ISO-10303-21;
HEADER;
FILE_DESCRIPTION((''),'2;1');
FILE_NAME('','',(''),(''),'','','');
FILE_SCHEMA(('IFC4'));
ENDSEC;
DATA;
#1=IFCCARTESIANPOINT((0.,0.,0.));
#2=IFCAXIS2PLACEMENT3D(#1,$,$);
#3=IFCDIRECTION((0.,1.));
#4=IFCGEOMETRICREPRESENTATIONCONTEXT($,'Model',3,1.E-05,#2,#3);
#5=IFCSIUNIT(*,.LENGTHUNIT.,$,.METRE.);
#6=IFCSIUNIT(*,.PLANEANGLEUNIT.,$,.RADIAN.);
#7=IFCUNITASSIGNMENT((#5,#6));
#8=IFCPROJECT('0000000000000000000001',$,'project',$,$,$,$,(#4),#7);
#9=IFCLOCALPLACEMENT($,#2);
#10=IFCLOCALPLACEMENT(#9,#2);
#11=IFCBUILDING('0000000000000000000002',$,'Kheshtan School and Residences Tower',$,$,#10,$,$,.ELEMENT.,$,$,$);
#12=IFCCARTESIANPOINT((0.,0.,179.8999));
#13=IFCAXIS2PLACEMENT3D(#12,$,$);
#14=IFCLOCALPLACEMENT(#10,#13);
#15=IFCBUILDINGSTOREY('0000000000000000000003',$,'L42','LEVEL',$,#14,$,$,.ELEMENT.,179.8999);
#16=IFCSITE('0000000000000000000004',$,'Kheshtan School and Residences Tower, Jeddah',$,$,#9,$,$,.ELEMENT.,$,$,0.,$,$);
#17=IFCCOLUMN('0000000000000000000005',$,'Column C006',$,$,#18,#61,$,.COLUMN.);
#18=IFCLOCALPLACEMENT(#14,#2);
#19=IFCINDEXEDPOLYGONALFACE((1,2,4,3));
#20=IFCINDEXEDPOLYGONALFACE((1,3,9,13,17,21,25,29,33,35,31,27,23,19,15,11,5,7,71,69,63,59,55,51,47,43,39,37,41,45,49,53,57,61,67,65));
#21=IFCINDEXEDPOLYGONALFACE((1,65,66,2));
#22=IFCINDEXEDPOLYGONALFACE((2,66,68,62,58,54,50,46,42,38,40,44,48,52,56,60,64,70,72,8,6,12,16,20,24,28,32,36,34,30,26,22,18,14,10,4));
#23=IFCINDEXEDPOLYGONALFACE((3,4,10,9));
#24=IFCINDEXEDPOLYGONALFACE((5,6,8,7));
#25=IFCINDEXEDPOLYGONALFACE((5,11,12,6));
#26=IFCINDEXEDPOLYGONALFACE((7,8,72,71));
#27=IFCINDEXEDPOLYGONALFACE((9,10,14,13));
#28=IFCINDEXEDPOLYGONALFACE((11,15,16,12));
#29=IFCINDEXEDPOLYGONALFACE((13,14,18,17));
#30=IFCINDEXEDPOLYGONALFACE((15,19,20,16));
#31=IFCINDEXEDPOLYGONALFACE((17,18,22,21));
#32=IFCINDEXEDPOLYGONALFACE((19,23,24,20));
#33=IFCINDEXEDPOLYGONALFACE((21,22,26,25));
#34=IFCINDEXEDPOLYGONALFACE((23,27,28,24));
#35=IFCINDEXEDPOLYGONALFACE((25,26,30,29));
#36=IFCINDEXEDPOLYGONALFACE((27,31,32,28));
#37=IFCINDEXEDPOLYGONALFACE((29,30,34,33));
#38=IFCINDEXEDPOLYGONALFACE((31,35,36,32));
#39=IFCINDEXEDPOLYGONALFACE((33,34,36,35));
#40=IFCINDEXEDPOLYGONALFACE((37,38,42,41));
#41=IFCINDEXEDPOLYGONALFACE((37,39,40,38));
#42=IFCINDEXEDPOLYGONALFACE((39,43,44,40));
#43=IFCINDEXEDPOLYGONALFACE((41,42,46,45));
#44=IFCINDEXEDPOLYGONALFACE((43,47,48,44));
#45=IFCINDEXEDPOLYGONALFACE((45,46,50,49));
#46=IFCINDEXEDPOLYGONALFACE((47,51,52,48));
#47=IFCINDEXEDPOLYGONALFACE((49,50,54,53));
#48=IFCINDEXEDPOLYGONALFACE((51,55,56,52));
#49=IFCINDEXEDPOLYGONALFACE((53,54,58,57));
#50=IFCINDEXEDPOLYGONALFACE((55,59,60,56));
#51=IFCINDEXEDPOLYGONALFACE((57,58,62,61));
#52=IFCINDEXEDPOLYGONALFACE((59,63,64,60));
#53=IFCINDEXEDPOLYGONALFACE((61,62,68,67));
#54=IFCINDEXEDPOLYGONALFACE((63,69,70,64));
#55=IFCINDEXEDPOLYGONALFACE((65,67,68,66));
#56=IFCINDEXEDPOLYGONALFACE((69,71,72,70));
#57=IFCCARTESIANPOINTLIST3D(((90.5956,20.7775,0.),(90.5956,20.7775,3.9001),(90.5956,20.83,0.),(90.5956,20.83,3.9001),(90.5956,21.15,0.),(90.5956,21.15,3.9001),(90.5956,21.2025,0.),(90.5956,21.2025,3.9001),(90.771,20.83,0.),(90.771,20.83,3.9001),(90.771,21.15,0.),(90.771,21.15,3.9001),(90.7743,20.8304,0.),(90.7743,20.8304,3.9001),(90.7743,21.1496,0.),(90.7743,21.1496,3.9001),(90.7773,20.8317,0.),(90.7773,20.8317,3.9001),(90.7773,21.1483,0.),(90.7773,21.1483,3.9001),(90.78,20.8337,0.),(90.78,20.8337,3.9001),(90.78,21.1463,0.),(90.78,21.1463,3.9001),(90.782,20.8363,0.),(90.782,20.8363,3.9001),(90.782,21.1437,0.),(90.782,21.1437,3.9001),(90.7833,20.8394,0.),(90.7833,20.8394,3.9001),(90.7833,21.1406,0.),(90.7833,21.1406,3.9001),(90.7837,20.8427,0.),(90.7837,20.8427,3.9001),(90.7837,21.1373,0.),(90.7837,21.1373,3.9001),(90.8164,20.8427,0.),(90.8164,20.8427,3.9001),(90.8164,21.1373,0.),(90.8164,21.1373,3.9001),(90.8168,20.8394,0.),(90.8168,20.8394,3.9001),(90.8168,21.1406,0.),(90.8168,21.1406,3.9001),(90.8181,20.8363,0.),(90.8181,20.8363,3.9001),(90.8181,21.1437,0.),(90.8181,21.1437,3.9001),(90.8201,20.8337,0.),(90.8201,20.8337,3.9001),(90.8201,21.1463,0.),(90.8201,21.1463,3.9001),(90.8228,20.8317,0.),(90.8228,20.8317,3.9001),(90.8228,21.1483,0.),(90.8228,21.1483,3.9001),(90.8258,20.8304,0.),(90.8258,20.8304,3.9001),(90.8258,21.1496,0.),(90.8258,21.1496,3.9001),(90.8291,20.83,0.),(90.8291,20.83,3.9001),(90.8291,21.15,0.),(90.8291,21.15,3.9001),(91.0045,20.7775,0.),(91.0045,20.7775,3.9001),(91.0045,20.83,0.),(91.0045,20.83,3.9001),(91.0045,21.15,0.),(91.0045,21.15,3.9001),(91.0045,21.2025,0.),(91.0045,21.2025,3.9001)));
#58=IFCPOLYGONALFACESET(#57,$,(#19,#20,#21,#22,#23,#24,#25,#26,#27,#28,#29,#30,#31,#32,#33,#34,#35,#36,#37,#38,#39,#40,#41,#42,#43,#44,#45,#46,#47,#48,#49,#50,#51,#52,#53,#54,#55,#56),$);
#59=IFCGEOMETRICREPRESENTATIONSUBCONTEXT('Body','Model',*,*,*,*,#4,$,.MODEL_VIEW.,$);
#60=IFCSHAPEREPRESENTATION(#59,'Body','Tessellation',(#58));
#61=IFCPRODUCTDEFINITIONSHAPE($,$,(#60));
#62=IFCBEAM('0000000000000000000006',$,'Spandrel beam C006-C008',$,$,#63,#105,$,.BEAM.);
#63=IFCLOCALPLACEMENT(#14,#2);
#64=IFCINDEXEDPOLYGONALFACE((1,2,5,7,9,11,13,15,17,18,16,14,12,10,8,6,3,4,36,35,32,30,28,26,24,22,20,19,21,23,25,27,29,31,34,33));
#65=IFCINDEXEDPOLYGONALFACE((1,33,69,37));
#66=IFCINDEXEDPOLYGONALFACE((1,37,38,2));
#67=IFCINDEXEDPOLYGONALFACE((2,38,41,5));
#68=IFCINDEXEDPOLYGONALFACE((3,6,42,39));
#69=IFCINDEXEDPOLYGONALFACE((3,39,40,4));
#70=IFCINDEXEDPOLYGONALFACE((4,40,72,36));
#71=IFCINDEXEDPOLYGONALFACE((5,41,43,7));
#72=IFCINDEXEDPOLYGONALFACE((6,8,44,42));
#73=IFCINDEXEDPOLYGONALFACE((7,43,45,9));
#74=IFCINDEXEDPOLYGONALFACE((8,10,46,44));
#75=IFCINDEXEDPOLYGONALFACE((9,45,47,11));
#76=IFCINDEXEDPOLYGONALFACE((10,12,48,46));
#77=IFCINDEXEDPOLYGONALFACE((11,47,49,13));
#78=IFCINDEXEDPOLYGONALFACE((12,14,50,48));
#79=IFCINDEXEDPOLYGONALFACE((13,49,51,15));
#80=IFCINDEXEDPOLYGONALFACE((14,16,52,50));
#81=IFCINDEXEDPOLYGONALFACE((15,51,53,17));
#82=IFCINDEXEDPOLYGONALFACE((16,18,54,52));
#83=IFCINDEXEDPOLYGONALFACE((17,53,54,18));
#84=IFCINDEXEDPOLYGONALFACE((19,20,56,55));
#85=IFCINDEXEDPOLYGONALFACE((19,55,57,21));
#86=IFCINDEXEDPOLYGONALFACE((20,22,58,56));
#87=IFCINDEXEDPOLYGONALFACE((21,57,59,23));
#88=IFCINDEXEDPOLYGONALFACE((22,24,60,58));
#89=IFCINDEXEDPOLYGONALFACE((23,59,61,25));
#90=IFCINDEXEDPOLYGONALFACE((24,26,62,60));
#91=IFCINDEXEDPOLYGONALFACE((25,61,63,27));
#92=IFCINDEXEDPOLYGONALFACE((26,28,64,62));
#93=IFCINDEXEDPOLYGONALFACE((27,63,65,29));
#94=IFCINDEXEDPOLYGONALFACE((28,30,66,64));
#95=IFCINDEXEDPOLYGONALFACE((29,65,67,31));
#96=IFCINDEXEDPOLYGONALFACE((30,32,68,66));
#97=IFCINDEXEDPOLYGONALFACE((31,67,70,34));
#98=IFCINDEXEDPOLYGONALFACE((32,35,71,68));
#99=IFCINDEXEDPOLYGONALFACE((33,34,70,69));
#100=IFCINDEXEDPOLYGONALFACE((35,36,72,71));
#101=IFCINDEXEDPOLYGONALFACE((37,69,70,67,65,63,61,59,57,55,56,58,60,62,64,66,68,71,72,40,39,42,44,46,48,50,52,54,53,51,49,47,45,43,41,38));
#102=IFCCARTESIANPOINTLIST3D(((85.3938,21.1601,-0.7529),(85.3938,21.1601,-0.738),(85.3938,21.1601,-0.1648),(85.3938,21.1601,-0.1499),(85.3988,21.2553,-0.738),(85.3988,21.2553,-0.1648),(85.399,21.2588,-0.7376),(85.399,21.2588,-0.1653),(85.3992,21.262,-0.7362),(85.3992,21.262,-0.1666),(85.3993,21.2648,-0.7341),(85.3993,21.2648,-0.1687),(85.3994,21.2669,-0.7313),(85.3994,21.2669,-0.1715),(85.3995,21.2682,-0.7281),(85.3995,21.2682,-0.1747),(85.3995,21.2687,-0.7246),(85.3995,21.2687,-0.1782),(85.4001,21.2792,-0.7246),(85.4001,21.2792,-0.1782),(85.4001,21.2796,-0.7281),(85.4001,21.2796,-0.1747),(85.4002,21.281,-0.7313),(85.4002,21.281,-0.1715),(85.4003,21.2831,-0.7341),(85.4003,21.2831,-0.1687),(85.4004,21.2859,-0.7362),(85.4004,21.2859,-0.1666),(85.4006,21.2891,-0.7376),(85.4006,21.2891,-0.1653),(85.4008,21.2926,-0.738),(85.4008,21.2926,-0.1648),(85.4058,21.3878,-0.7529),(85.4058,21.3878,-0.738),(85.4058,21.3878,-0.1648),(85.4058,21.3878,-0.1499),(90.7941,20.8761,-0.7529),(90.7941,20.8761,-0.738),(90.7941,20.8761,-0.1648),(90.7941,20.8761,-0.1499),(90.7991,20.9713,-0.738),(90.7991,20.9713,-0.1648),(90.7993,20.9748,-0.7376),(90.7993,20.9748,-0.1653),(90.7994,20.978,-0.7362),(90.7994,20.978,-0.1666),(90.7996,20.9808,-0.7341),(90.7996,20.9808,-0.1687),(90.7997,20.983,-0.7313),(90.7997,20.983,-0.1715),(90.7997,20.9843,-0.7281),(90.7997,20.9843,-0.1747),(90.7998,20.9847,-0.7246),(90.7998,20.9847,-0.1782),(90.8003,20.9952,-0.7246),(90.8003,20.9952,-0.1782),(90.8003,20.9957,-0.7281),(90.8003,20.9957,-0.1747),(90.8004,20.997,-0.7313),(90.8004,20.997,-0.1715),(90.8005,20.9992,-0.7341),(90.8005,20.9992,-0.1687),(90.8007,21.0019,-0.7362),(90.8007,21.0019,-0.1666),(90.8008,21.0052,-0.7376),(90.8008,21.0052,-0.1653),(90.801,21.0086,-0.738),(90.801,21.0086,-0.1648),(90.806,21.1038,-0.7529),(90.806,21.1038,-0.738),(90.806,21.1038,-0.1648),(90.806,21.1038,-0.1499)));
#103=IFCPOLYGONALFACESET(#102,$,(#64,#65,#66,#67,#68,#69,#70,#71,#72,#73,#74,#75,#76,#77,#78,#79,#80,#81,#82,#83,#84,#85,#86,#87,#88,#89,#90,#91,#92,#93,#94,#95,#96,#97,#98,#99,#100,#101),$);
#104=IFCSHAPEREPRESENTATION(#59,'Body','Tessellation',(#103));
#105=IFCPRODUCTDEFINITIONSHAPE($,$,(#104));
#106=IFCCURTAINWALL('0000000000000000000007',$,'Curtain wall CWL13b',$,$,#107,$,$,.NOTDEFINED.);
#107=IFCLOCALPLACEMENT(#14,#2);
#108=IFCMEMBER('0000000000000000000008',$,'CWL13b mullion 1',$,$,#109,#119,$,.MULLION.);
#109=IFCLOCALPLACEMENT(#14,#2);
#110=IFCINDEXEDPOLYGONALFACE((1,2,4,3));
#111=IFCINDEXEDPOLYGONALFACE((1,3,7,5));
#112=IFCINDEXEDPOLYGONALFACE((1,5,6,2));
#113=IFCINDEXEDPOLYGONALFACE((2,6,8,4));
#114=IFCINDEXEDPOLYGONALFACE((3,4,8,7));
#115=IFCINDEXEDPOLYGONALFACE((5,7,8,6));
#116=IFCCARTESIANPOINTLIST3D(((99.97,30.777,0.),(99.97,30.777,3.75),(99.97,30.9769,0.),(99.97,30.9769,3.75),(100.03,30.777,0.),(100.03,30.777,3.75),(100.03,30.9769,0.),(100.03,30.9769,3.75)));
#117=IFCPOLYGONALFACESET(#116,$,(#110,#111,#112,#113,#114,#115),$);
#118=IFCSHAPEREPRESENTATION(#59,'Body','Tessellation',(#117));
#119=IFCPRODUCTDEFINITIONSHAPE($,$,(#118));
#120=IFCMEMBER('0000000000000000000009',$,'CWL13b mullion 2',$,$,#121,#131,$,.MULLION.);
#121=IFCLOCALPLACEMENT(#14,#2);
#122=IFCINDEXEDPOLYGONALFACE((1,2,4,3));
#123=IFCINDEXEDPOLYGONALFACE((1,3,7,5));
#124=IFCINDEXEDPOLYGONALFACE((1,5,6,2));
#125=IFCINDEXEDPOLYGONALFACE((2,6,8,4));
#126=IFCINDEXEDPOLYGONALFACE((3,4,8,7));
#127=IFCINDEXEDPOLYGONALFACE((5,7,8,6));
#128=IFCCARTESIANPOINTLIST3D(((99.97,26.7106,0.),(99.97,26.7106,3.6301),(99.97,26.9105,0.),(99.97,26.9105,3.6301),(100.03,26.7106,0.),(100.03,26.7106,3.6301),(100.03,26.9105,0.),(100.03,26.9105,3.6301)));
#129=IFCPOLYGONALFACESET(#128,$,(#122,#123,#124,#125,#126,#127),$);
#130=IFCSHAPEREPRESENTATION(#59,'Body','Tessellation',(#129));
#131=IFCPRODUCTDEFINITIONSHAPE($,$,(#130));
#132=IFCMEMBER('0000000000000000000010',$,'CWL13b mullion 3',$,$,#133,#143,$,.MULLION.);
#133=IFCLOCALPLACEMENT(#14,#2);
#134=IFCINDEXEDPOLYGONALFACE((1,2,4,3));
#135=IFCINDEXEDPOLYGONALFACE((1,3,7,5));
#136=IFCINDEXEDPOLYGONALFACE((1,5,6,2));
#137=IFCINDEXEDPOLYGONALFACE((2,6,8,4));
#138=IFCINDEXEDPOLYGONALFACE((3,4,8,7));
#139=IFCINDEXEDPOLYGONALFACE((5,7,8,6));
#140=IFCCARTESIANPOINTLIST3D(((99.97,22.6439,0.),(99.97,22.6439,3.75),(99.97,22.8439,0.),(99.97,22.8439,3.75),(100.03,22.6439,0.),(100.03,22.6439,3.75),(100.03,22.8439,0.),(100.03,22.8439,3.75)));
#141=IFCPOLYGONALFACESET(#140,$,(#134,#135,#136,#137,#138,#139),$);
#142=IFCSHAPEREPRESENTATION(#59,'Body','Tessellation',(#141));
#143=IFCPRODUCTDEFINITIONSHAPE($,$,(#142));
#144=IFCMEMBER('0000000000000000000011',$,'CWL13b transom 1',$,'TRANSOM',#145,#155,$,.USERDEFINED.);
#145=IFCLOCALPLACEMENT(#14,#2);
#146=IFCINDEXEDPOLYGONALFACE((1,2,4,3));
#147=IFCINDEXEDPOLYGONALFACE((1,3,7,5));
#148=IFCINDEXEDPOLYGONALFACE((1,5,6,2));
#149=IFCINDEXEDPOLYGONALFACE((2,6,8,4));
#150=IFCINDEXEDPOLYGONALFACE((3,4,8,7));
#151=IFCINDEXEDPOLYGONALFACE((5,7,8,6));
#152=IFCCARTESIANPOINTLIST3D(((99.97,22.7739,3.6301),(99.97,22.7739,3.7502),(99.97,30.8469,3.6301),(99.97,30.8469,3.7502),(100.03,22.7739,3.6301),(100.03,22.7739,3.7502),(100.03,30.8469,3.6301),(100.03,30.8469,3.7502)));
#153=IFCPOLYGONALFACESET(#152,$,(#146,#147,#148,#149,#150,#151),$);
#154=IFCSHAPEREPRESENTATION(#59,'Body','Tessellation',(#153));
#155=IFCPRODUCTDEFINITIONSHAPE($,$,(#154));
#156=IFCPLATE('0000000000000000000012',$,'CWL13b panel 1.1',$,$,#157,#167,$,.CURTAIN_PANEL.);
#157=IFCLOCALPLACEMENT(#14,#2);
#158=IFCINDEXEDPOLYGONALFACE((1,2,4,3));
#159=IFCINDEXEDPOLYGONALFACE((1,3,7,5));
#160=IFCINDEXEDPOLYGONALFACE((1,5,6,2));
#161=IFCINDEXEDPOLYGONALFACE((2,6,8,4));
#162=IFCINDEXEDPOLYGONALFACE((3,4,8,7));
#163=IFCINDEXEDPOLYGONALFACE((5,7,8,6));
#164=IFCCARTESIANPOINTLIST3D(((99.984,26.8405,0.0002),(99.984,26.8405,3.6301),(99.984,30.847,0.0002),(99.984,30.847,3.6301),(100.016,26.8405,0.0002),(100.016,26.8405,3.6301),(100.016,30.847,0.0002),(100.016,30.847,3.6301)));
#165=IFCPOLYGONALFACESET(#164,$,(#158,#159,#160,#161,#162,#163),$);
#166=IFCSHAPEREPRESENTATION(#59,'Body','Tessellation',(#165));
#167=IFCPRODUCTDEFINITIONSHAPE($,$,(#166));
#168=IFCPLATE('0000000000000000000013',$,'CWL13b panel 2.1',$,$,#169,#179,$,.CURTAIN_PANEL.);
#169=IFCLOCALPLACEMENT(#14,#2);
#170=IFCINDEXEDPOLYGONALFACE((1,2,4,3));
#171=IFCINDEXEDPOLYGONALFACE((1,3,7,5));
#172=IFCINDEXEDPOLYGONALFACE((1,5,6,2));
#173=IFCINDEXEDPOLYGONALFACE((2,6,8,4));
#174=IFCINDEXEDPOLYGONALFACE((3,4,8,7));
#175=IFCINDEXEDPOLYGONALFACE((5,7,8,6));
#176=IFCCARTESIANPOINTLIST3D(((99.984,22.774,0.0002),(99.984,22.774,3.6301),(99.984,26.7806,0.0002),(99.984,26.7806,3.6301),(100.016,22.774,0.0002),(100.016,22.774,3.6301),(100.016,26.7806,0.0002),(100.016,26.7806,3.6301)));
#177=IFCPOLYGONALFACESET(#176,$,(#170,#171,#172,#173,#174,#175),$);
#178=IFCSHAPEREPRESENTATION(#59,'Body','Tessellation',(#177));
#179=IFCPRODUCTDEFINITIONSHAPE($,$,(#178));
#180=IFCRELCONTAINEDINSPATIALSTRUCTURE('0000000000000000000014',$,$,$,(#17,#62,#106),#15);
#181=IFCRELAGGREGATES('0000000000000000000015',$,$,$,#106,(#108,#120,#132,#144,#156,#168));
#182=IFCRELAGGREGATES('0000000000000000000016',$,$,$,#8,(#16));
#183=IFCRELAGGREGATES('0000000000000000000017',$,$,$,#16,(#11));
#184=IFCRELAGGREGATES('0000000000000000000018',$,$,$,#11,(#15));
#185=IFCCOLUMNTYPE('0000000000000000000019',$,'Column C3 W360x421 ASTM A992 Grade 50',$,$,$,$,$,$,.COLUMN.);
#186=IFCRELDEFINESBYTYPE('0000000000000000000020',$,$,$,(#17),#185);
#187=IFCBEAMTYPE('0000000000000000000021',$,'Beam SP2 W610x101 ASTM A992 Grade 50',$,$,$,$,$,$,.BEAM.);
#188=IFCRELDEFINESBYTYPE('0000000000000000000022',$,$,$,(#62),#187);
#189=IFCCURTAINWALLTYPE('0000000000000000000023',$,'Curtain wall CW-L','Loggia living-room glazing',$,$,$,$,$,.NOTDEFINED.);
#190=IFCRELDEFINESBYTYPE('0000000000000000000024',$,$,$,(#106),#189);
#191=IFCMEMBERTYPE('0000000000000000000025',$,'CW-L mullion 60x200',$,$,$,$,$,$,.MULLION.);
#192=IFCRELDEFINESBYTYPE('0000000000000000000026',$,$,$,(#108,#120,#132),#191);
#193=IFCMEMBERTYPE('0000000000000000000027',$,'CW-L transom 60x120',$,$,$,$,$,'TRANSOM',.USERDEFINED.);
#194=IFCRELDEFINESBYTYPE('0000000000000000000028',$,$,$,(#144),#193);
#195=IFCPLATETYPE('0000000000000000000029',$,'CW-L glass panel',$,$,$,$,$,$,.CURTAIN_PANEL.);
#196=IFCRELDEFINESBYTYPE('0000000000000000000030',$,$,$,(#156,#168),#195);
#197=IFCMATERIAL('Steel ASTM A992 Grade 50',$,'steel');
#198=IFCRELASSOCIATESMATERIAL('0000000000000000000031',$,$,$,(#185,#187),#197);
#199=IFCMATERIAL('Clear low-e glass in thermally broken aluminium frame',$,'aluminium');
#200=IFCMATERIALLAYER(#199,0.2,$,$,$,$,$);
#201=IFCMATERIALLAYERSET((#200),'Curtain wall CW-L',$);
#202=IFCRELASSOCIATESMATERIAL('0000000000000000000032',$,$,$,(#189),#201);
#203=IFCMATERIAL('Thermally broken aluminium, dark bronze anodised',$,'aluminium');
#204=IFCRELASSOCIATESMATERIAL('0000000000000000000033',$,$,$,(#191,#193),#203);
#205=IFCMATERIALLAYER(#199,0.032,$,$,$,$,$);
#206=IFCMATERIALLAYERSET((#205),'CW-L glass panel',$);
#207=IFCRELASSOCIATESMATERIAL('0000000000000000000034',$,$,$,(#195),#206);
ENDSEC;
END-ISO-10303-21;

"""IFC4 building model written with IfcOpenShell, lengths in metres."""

from ifc_helpers import new_model, si_unit, direction, frame, origin, origin_2d, place, context, subcontext, project, spatial, rectangle, i_section, extrude, material, layer, layer_set, material_profile, profile_set, type_object, element, aggregate, save


model = new_model("IFC4")

# Units and contexts
model_context = context("Model", 3, precision=1e-05, world=origin(), true_north=direction((0.0, 1.0)))
body_context = subcontext(model_context, "Body", "Model", "MODEL_VIEW")
ifc_project = project(units=[si_unit("LENGTHUNIT", "METRE"), si_unit("PLANEANGLEUNIT", "RADIAN")], contexts=[model_context])

# Site, building, storey
site_placement = place(None, origin())
site = spatial("IfcSite", under=ifc_project, at=site_placement, Name="Kheshtan School and Residences Tower, Jeddah", CompositionType="ELEMENT", RefElevation=0.0)
building_placement = place(site_placement, origin())
building = spatial("IfcBuilding", under=site, at=building_placement, Name="Kheshtan School and Residences Tower", CompositionType="ELEMENT")
storey_placement = place(building_placement, frame((0.0, 0.0, 179.8999)))
storey = spatial("IfcBuildingStorey", under=building, at=storey_placement, Name="L42", Description="LEVEL", CompositionType="ELEMENT", Elevation=179.8999)

# Column
ifc_material_1 = material(Name="Steel ASTM A992 Grade 50", Category="steel")
ifc_material_profile_1 = material_profile(ifc_material_1, i_section(OverallWidth=0.4089, OverallDepth=0.425, WebThickness=0.0327, FlangeThickness=0.0525, FilletRadius=0.0127, at=origin_2d()), Name="W360x421")
ifc_profile_set_1 = profile_set([ifc_material_profile_1], Name="Steel ASTM A992 Grade 50")
column_type = type_object("IfcColumnType", Name="Column C3 W360x421 ASTM A992 Grade 50", PredefinedType="COLUMN", material=ifc_profile_set_1)
column_placement = place(storey_placement, frame((90.8, 20.99, 0.0), z_axis=(0.0, 0.0, 1.0), x_axis=(1.0, 0.0, 0.0)))
element("IfcColumn", 1, at=column_placement, inside=storey, type_object=column_type, Name="Column C006", PredefinedType="COLUMN", context=body_context, shape_type="SweptSolid", body=[
    extrude(i_section(OverallWidth=0.4089, OverallDepth=0.425, WebThickness=0.0327, FlangeThickness=0.0525, FilletRadius=0.0127, at=origin_2d()), origin(), (0.0, 0.0, 1.0), 3.9001),
])

# Beam
ifc_material_profile_2 = material_profile(ifc_material_1, i_section(OverallWidth=0.228, OverallDepth=0.603, WebThickness=0.0105, FlangeThickness=0.0149, FilletRadius=0.0134, at=origin_2d()), Name="W610x101")
ifc_profile_set_2 = profile_set([ifc_material_profile_2], Name="Steel ASTM A992 Grade 50")
beam_type = type_object("IfcBeamType", Name="Beam SP2 W610x101 ASTM A992 Grade 50", PredefinedType="BEAM", material=ifc_profile_set_2)
beam_placement = place(storey_placement, frame((90.8, 20.99, -0.4514), z_axis=(-0.998621, 0.052507, 0.0), x_axis=(-0.052507, -0.998621, 0.0)))
element("IfcBeam", 2, at=beam_placement, inside=storey, type_object=beam_type, Name="Spandrel beam C006-C008", PredefinedType="BEAM", context=body_context, shape_type="SweptSolid", body=[
    extrude(i_section(OverallWidth=0.228, OverallDepth=0.603, WebThickness=0.0105, FlangeThickness=0.0149, FilletRadius=0.0134, at=origin_2d()), origin(), (0.0, 0.0, 1.0), 5.4077),
])

# Curtain wall, members, plates
ifc_material_2 = material(Name="Clear low-e glass in thermally broken aluminium frame", Category="aluminium")
ifc_layer_1 = layer(ifc_material_2, 0.2)
ifc_layer_set_1 = layer_set([ifc_layer_1], Name="Curtain wall CW-L")
curtain_wall_type = type_object("IfcCurtainWallType", Name="Curtain wall CW-L", Description="Loggia living-room glazing", PredefinedType="NOTDEFINED", material=ifc_layer_set_1)
curtain_wall_placement = place(storey_placement, origin())
curtain_wall = element("IfcCurtainWall", 3, at=curtain_wall_placement, inside=storey, type_object=curtain_wall_type, Name="Curtain wall CWL13b", PredefinedType="NOTDEFINED")
ifc_material_3 = material(Name="Thermally broken aluminium, dark bronze anodised", Category="aluminium")
ifc_material_profile_3 = material_profile(ifc_material_3, rectangle(XDim=0.0601, YDim=0.2, at=origin_2d()), Name="CW-L mullion 60x200")
ifc_profile_set_3 = profile_set([ifc_material_profile_3], Name="Thermally broken aluminium, dark bronze anodised")
member_type_1 = type_object("IfcMemberType", Name="CW-L mullion 60x200", PredefinedType="MULLION", material=ifc_profile_set_3)
member_1_placement = place(storey_placement, frame((100.0, 30.877, 0.0), z_axis=(0.0, 0.0, 1.0), x_axis=(1.0, 0.0, 0.0)))
member_1 = element("IfcMember", 4, at=member_1_placement, type_object=member_type_1, Name="CWL13b mullion 1", PredefinedType="MULLION", context=body_context, shape_type="SweptSolid", body=[
    extrude(rectangle(XDim=0.0601, YDim=0.2, at=origin_2d()), origin(), (0.0, 0.0, 1.0), 3.75),
])
member_2_placement = place(storey_placement, frame((100.0, 26.8105, 0.0), z_axis=(0.0, 0.0, 1.0), x_axis=(1.0, 0.0, 0.0)))
member_2 = element("IfcMember", 5, at=member_2_placement, type_object=member_type_1, Name="CWL13b mullion 2", PredefinedType="MULLION", context=body_context, shape_type="SweptSolid", body=[
    extrude(rectangle(XDim=0.0601, YDim=0.2, at=origin_2d()), origin(), (0.0, 0.0, 1.0), 3.6301),
])
member_3_placement = place(storey_placement, frame((100.0, 22.7439, 0.0), z_axis=(0.0, 0.0, 1.0), x_axis=(1.0, 0.0, 0.0)))
member_3 = element("IfcMember", 6, at=member_3_placement, type_object=member_type_1, Name="CWL13b mullion 3", PredefinedType="MULLION", context=body_context, shape_type="SweptSolid", body=[
    extrude(rectangle(XDim=0.0601, YDim=0.2, at=origin_2d()), origin(), (0.0, 0.0, 1.0), 3.75),
])
ifc_material_profile_4 = material_profile(ifc_material_3, rectangle(XDim=0.0601, YDim=0.1201, at=origin_2d()), Name="CW-L transom 60x120")
ifc_profile_set_4 = profile_set([ifc_material_profile_4], Name="Thermally broken aluminium, dark bronze anodised")
member_type_2 = type_object("IfcMemberType", Name="CW-L transom 60x120", ElementType="TRANSOM", PredefinedType="USERDEFINED", material=ifc_profile_set_4)
member_4_placement = place(storey_placement, frame((100.0, 30.8469, 3.6902), z_axis=(0.0, -1.0, 0.0), x_axis=(1.0, 0.0, 0.0)))
member_4 = element("IfcMember", 7, at=member_4_placement, type_object=member_type_2, Name="CWL13b transom 1", ObjectType="TRANSOM", PredefinedType="USERDEFINED", context=body_context, shape_type="SweptSolid", body=[
    extrude(rectangle(XDim=0.0601, YDim=0.1201, at=origin_2d()), origin(), (0.0, 0.0, 1.0), 8.073),
])
ifc_layer_2 = layer(ifc_material_2, 0.032)
ifc_layer_set_2 = layer_set([ifc_layer_2], Name="CW-L glass panel")
plate_type = type_object("IfcPlateType", Name="CW-L glass panel", PredefinedType="CURTAIN_PANEL", material=ifc_layer_set_2)
plate_1_placement = place(storey_placement, frame((100.0, 28.8438, 0.0002), z_axis=(0.0, 0.0, 1.0), x_axis=(0.0, -1.0, 0.0)))
plate_1 = element("IfcPlate", 8, at=plate_1_placement, type_object=plate_type, Name="CWL13b panel 1.1", PredefinedType="CURTAIN_PANEL", context=body_context, shape_type="SweptSolid", body=[
    extrude(rectangle(XDim=4.0066, YDim=0.032, at=origin_2d()), origin(), (0.0, 0.0, 1.0), 3.6299),
])
plate_2_placement = place(storey_placement, frame((100.0, 24.7773, 0.0002), z_axis=(0.0, 0.0, 1.0), x_axis=(0.0, -1.0, 0.0)))
plate_2 = element("IfcPlate", 9, at=plate_2_placement, type_object=plate_type, Name="CWL13b panel 2.1", PredefinedType="CURTAIN_PANEL", context=body_context, shape_type="SweptSolid", body=[
    extrude(rectangle(XDim=4.0066, YDim=0.032, at=origin_2d()), origin(), (0.0, 0.0, 1.0), 3.6299),
])
aggregate(curtain_wall, [member_1, member_2, member_3, member_4, plate_1, plate_2])

save(model, "model.ifc")
